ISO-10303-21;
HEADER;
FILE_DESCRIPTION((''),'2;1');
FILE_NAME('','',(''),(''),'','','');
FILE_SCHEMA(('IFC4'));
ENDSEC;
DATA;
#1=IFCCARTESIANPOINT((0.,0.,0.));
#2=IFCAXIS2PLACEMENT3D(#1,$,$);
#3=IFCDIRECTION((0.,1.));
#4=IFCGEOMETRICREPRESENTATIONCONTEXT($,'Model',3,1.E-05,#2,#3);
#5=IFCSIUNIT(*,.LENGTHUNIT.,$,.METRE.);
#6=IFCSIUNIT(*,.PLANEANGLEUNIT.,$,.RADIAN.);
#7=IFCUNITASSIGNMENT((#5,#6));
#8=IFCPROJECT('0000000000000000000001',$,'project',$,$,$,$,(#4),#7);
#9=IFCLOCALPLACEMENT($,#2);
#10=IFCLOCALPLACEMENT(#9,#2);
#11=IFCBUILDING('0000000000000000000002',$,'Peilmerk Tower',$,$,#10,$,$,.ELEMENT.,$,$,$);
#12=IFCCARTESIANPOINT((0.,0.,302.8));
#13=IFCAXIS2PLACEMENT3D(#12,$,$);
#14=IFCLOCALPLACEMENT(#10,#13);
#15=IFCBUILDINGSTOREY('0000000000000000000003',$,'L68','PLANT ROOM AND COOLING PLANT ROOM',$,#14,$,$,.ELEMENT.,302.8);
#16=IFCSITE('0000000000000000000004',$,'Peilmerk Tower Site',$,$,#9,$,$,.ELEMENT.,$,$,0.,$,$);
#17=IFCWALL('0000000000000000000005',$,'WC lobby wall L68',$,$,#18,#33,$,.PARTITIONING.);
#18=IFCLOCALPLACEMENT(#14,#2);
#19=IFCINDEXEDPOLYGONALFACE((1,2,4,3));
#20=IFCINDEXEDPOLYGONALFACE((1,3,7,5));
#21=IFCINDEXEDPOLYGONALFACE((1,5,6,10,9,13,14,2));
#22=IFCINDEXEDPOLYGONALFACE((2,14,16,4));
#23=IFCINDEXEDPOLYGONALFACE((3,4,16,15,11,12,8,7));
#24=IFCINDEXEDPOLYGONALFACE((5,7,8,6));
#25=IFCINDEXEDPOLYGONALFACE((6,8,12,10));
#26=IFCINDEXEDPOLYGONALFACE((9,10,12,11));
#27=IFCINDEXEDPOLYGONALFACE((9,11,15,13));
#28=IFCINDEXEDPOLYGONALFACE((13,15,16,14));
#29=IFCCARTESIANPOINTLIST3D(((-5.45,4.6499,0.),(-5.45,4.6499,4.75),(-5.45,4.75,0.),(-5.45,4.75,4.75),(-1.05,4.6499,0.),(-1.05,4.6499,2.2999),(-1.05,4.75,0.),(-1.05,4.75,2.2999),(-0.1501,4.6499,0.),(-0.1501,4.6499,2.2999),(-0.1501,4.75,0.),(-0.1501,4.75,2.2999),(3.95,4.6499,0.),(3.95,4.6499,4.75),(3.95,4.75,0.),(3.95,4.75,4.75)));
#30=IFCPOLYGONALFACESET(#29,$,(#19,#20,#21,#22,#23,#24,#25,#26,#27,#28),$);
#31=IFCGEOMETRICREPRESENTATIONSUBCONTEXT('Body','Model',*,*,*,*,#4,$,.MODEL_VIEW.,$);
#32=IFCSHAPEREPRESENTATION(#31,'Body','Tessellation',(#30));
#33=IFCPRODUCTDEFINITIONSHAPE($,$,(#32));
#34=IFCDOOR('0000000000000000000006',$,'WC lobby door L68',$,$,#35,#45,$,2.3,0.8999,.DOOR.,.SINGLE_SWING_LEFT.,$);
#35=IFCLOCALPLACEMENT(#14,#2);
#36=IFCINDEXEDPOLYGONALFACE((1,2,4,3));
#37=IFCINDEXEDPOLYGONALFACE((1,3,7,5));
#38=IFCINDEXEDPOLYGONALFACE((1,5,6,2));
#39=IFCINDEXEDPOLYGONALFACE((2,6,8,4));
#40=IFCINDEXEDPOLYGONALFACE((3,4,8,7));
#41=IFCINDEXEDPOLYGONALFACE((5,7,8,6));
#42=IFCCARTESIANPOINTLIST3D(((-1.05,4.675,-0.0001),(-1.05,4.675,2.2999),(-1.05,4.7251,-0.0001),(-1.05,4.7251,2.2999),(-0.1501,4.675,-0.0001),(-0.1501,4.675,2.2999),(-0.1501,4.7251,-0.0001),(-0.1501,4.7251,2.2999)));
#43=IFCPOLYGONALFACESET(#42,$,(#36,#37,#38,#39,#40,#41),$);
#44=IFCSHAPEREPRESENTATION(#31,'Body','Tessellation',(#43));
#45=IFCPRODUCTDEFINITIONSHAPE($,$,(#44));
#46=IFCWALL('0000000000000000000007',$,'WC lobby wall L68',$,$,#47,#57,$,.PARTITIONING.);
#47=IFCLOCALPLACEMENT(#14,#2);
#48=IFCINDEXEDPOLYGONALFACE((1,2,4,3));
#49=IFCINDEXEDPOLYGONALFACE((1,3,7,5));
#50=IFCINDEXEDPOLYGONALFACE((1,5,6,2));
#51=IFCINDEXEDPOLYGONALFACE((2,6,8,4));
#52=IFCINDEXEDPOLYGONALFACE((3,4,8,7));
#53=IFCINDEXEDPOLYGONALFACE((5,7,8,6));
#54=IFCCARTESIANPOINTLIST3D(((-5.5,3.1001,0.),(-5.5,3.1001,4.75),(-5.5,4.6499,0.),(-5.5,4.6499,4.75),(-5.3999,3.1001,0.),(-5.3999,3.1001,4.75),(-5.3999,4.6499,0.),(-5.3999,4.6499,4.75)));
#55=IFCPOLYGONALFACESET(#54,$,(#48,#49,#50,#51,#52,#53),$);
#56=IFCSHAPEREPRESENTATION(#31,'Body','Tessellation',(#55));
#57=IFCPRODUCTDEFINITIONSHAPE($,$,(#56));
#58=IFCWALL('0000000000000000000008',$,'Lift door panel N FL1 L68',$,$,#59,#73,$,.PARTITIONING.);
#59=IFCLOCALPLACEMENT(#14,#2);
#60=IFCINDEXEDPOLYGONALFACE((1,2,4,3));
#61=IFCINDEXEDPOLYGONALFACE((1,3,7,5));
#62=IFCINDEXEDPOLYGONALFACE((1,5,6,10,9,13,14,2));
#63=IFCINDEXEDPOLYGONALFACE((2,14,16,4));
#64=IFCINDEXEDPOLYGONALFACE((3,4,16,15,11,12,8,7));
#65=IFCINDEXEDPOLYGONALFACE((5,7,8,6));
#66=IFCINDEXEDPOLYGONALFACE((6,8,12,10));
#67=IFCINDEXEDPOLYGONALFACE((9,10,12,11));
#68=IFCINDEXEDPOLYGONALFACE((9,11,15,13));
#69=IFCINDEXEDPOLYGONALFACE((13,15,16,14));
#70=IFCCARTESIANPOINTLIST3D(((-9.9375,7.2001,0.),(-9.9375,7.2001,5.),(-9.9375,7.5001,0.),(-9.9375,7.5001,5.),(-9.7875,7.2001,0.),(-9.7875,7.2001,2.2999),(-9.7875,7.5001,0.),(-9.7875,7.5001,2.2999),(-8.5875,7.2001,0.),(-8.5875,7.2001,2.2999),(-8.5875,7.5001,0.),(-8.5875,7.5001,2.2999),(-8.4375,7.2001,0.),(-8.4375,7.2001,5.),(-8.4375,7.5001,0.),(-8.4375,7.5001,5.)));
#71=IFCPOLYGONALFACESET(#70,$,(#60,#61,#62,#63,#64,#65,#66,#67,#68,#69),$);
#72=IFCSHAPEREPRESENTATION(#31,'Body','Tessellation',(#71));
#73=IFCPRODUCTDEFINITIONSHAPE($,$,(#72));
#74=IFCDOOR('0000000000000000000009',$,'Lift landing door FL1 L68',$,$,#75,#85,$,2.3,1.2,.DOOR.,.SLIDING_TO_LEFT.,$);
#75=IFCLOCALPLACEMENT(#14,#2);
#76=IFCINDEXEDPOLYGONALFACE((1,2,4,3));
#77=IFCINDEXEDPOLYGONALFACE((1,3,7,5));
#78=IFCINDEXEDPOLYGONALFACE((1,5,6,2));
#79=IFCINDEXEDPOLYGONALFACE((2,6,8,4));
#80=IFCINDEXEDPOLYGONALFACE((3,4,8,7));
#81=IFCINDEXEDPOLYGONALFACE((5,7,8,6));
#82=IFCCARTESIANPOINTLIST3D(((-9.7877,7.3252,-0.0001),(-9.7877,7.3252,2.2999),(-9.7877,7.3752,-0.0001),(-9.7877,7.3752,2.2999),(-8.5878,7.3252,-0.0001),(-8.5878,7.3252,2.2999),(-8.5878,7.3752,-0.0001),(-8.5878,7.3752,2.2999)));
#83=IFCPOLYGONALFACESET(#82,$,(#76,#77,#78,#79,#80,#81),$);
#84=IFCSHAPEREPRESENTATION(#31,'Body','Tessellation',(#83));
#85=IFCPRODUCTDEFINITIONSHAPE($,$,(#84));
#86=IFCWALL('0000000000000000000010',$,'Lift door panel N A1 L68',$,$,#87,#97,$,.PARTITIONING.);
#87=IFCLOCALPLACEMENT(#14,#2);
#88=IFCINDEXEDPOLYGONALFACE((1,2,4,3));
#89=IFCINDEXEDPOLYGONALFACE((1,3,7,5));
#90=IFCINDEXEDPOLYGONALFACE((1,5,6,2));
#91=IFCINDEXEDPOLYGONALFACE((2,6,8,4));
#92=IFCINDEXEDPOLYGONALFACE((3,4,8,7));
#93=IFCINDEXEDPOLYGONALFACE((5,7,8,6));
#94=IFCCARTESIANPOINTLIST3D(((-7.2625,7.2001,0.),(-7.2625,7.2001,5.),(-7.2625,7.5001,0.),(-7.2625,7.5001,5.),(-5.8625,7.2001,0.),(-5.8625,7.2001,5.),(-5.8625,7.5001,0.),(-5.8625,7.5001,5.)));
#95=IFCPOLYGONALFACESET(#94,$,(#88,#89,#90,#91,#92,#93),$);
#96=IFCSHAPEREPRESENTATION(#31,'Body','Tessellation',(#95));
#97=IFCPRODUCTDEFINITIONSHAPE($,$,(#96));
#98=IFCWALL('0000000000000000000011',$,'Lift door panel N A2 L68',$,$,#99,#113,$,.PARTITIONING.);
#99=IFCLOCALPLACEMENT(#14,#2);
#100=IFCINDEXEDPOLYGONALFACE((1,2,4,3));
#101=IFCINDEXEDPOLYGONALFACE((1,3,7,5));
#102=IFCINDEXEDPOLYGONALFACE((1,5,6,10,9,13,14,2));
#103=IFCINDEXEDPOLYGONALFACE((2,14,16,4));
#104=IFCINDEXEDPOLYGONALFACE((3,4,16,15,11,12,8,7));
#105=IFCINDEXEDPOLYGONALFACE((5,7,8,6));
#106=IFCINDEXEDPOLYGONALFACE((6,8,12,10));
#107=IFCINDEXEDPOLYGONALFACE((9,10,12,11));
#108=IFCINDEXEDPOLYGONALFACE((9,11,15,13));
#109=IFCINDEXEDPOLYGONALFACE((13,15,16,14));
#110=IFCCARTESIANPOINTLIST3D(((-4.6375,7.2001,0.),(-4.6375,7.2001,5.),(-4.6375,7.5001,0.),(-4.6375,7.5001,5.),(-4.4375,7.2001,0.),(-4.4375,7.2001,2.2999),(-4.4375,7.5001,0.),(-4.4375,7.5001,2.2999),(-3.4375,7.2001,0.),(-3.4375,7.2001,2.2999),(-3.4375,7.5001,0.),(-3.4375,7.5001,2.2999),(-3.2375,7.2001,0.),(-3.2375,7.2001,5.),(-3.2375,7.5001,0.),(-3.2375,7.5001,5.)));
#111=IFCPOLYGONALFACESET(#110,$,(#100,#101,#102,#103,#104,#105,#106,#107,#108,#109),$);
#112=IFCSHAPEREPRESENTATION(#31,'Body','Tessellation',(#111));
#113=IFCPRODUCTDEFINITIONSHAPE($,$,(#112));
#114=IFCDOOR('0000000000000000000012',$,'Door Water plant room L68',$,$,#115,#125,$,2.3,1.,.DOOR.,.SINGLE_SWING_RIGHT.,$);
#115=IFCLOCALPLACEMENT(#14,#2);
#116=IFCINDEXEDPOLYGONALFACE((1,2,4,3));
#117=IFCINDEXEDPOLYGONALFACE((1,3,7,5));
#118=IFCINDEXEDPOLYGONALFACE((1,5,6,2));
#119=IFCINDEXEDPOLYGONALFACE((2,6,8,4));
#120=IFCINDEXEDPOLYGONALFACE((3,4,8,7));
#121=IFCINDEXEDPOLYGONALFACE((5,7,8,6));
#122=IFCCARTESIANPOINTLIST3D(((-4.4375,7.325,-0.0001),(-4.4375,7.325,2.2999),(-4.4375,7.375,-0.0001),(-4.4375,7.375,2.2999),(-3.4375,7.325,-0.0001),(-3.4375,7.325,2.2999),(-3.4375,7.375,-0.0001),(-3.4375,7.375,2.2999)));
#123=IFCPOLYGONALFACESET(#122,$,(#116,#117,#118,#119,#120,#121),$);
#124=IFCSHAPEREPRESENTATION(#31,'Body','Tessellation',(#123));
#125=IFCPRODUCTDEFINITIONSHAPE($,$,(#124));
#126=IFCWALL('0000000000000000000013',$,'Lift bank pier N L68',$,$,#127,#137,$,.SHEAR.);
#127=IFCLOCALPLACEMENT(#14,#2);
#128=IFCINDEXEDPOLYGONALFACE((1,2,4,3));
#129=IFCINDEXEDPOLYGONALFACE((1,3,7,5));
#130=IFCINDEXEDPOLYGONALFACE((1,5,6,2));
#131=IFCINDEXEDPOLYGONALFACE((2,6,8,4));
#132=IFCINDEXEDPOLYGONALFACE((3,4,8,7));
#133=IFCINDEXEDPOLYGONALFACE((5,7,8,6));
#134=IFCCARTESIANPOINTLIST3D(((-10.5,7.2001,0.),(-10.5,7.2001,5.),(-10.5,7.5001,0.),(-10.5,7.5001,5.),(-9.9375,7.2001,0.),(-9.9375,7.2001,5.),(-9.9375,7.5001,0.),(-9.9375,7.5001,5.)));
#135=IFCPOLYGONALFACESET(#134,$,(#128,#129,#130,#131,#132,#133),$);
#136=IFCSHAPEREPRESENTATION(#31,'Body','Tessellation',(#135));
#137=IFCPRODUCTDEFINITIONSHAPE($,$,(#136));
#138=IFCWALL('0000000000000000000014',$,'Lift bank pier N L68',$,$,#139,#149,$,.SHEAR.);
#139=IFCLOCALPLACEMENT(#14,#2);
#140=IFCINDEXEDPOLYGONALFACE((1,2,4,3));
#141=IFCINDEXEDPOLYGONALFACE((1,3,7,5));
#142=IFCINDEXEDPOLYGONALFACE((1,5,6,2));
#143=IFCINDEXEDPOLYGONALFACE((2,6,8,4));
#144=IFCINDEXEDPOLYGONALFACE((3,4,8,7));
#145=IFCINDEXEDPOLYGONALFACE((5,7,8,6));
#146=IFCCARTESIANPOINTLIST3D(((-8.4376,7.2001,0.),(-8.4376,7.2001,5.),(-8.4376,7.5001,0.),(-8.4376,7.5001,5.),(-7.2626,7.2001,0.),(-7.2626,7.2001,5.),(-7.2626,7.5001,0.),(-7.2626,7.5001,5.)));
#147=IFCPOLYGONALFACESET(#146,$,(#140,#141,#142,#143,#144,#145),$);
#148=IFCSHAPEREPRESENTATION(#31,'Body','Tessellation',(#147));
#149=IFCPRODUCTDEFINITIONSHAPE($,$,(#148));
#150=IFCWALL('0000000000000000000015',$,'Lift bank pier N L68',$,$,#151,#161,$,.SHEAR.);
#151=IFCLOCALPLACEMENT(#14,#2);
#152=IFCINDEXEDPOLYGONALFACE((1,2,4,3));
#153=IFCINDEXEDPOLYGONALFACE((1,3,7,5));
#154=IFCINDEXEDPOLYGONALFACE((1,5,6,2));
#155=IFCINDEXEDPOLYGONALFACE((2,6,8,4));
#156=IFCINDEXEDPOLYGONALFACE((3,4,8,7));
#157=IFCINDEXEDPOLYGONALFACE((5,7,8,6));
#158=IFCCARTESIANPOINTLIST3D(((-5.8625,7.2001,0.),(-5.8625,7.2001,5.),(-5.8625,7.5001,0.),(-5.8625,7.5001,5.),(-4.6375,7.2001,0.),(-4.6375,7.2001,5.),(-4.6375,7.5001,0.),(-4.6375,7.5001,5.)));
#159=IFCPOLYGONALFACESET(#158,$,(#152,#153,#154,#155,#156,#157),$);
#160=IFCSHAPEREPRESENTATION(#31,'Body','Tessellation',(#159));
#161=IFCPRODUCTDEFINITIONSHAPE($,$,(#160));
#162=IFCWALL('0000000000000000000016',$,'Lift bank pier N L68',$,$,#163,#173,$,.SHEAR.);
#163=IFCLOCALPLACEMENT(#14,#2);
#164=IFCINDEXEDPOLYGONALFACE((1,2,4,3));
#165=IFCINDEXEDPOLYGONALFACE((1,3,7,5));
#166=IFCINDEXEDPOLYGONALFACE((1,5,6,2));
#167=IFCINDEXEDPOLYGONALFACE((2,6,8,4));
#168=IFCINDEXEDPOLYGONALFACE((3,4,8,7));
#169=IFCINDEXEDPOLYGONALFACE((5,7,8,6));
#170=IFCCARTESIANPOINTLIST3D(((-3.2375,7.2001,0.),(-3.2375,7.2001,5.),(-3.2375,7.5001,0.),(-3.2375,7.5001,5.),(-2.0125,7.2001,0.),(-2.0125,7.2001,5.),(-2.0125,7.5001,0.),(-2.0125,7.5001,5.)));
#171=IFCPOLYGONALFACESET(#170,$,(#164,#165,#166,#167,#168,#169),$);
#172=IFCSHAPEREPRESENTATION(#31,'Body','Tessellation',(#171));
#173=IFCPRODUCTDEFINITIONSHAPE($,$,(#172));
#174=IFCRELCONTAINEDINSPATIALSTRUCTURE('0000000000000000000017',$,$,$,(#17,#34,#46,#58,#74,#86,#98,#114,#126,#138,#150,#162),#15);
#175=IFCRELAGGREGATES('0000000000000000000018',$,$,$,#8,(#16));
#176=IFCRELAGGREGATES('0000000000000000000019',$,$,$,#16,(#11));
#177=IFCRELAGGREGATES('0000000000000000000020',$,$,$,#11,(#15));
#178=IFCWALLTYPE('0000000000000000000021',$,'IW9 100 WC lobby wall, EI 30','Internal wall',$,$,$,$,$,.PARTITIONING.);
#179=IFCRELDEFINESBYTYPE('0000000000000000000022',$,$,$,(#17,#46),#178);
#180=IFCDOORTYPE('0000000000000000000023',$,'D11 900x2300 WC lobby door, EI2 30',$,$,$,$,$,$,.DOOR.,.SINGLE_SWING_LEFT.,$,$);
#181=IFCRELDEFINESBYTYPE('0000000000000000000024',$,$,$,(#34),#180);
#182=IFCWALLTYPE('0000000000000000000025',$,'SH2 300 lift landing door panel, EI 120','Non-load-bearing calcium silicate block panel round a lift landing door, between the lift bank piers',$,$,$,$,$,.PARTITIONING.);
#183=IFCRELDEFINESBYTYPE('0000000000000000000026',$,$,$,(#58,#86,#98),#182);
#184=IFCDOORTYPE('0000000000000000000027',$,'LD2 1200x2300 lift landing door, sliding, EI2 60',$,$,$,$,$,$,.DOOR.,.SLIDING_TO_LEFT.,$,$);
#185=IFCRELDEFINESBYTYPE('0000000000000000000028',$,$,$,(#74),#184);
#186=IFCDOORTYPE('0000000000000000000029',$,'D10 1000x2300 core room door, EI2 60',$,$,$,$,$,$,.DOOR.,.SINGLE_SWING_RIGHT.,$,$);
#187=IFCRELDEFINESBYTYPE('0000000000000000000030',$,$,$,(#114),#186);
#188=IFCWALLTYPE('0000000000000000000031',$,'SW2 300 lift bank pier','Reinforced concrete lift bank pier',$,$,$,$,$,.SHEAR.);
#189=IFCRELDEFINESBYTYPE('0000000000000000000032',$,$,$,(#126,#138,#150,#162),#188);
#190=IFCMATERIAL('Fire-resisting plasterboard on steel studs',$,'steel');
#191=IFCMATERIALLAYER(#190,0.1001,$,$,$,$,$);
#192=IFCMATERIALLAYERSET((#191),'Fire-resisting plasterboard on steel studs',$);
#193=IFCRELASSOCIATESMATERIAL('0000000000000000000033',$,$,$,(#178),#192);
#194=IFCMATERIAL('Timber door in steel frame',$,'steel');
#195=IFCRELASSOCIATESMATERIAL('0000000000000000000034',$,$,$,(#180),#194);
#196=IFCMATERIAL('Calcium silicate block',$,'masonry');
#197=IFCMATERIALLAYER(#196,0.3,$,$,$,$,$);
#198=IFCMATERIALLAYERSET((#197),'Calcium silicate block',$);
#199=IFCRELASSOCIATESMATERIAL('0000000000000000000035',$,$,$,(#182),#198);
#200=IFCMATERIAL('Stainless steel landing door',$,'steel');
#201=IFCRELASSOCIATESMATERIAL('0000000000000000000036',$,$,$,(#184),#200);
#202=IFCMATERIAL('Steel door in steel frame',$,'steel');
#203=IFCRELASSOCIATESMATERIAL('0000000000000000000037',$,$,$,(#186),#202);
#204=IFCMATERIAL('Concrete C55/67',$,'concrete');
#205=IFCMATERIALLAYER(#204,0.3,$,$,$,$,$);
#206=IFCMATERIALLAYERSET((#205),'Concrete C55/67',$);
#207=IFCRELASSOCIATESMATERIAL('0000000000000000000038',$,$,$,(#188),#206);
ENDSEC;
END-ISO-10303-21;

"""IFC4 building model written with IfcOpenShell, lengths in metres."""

from ifc_helpers import new_model, si_unit, direction, frame, frame_2d, origin, place, context, subcontext, project, spatial, rectangle, extrude, material, layer, layer_set, type_object, element, fill, save


model = new_model("IFC4")

# Units and contexts
model_context = context("Model", 3, precision=1e-05, world=origin(), true_north=direction((0.0, 1.0)))
body_context = subcontext(model_context, "Body", "Model", "MODEL_VIEW")
ifc_project = project(units=[si_unit("LENGTHUNIT", "METRE"), si_unit("PLANEANGLEUNIT", "RADIAN")], contexts=[model_context])

# Site, building, storey
site_placement = place(None, origin())
site = spatial("IfcSite", under=ifc_project, at=site_placement, Name="Peilmerk Tower Site", CompositionType="ELEMENT", RefElevation=0.0)
building_placement = place(site_placement, origin())
building = spatial("IfcBuilding", under=site, at=building_placement, Name="Peilmerk Tower", CompositionType="ELEMENT")
storey_placement = place(building_placement, frame((0.0, 0.0, 302.8)))
storey = spatial("IfcBuildingStorey", under=building, at=storey_placement, Name="L68", Description="PLANT ROOM AND COOLING PLANT ROOM", CompositionType="ELEMENT", Elevation=302.8)

# Shared definitions
ifc_material_1 = material(Name="Concrete C55/67", Category="concrete")

# Shared definitions
ifc_material_2 = material(Name="Steel door in steel frame", Category="steel")

# Shared definitions
ifc_material_3 = material(Name="Timber door in steel frame", Category="steel")

# Wall, opening, door
ifc_material_4 = material(Name="Fire-resisting plasterboard on steel studs", Category="steel")
ifc_layer_1 = layer(ifc_material_4, 0.1001)
ifc_layer_set_1 = layer_set([ifc_layer_1], Name="Fire-resisting plasterboard on steel studs")
wall_type_1 = type_object("IfcWallType", Name="IW9 100 WC lobby wall, EI 30", Description="Internal wall", PredefinedType="PARTITIONING", material=ifc_layer_set_1)
wall_1_placement = place(storey_placement, frame((-5.45, 4.7, 0.0), z_axis=(0.0, 0.0, 1.0), x_axis=(1.0, 0.0, 0.0)))
wall_1 = element("IfcWall", 1, at=wall_1_placement, inside=storey, type_object=wall_type_1, Name="WC lobby wall L68", PredefinedType="PARTITIONING", context=body_context, shape_type="SweptSolid", body=[
    extrude(rectangle(XDim=9.3999, YDim=0.1001, at=frame_2d((4.7, 0.0))), origin(), (0.0, 0.0, 1.0), 4.75),
])
opening_1_placement = place(wall_1_placement, frame((4.3999, 0.0, 0.0)))
opening_1 = element("IfcOpeningElement", 2, at=opening_1_placement, cuts=wall_1, PredefinedType="OPENING", context=body_context, shape_type="SweptSolid", body=[
    extrude(rectangle(XDim=0.8999, YDim=2.3, at=frame_2d((0.45, 1.1499))), frame((0.0, 0.0601, 0.0), z_axis=(0.0, -1.0, 0.0), x_axis=(1.0, 0.0, 0.0)), (0.0, 0.0, 1.0), 0.1201),
])
door_type_1 = type_object("IfcDoorType", Name="D11 900x2300 WC lobby door, EI2 30", OperationType="SINGLE_SWING_LEFT", PredefinedType="DOOR", material=ifc_material_3)
door_1_placement = place(opening_1_placement, frame((0.8999, 0.0, 0.0), z_axis=(0.0, 0.0, 1.0), x_axis=(-1.0, 0.0, 0.0)))
door_1 = element("IfcDoor", 3, at=door_1_placement, inside=storey, type_object=door_type_1, Name="WC lobby door L68", OperationType="SINGLE_SWING_LEFT", OverallHeight=2.3, OverallWidth=0.8999, PredefinedType="DOOR", context=body_context, shape_type="SweptSolid", body=[
    extrude(rectangle(XDim=0.8999, YDim=2.3, at=frame_2d((0.45, 1.1499))), frame((0.0, 0.0249, 0.0), z_axis=(0.0, -1.0, 0.0), x_axis=(1.0, 0.0, 0.0)), (0.0, 0.0, 1.0), 0.05),
])
fill(opening_1, door_1)

# Wall
wall_2_placement = place(storey_placement, frame((-5.45, 3.1001, 0.0), z_axis=(0.0, 0.0, 1.0), x_axis=(0.0, 1.0, 0.0)))
element("IfcWall", 4, at=wall_2_placement, inside=storey, type_object=wall_type_1, Name="WC lobby wall L68", PredefinedType="PARTITIONING", context=body_context, shape_type="SweptSolid", body=[
    extrude(rectangle(XDim=1.5498, YDim=0.1001, at=frame_2d((0.7749, 0.0))), origin(), (0.0, 0.0, 1.0), 4.75),
])

# Wall, opening, door
ifc_material_5 = material(Name="Calcium silicate block", Category="masonry")
ifc_layer_2 = layer(ifc_material_5, 0.3)
ifc_layer_set_2 = layer_set([ifc_layer_2], Name="Calcium silicate block")
wall_type_2 = type_object("IfcWallType", Name="SH2 300 lift landing door panel, EI 120", Description="Non-load-bearing calcium silicate block panel round a lift landing door, between the lift bank piers", PredefinedType="PARTITIONING", material=ifc_layer_set_2)
wall_3_placement = place(storey_placement, frame((-9.9375, 7.3501, 0.0), z_axis=(0.0, 0.0, 1.0), x_axis=(1.0, 0.0, 0.0)))
wall_3 = element("IfcWall", 5, at=wall_3_placement, inside=storey, type_object=wall_type_2, Name="Lift door panel N FL1 L68", PredefinedType="PARTITIONING", context=body_context, shape_type="SweptSolid", body=[
    extrude(rectangle(XDim=1.5, YDim=0.3, at=frame_2d((0.75, 0.0))), origin(), (0.0, 0.0, 1.0), 5.0),
])
opening_2_placement = place(wall_3_placement, frame((0.1499, 0.0, 0.0)))
opening_2 = element("IfcOpeningElement", 6, at=opening_2_placement, cuts=wall_3, PredefinedType="OPENING", context=body_context, shape_type="SweptSolid", body=[
    extrude(rectangle(XDim=1.2, YDim=2.3, at=frame_2d((0.6001, 1.1499))), frame((0.0, 0.1599, 0.0), z_axis=(0.0, -1.0, 0.0), x_axis=(1.0, 0.0, 0.0)), (0.0, 0.0, 1.0), 0.3201),
])
ifc_material_6 = material(Name="Stainless steel landing door", Category="steel")
door_type_2 = type_object("IfcDoorType", Name="LD2 1200x2300 lift landing door, sliding, EI2 60", OperationType="SLIDING_TO_LEFT", PredefinedType="DOOR", material=ifc_material_6)
door_2_placement = place(opening_2_placement, frame((1.2, 0.0, 0.0), z_axis=(0.0, 0.0, 1.0), x_axis=(-1.0, 0.0, 0.0)))
door_2 = element("IfcDoor", 7, at=door_2_placement, inside=storey, type_object=door_type_2, Name="Lift landing door FL1 L68", OperationType="SLIDING_TO_LEFT", OverallHeight=2.3, OverallWidth=1.2, PredefinedType="DOOR", context=body_context, shape_type="SweptSolid", body=[
    extrude(rectangle(XDim=1.2, YDim=2.3, at=frame_2d((0.6001, 1.1499))), frame((0.0, 0.0249, 0.0), z_axis=(0.0, -1.0, 0.0), x_axis=(1.0, 0.0, 0.0)), (0.0, 0.0, 1.0), 0.05),
])
fill(opening_2, door_2)

# Wall
wall_4_placement = place(storey_placement, frame((-7.2625, 7.3501, 0.0), z_axis=(0.0, 0.0, 1.0), x_axis=(1.0, 0.0, 0.0)))
element("IfcWall", 8, at=wall_4_placement, inside=storey, type_object=wall_type_2, Name="Lift door panel N A1 L68", PredefinedType="PARTITIONING", context=body_context, shape_type="SweptSolid", body=[
    extrude(rectangle(XDim=1.3999, YDim=0.3, at=frame_2d((0.7, 0.0))), origin(), (0.0, 0.0, 1.0), 5.0),
])

# Wall, opening, door
wall_5_placement = place(storey_placement, frame((-4.6375, 7.3501, 0.0), z_axis=(0.0, 0.0, 1.0), x_axis=(1.0, 0.0, 0.0)))
wall_5 = element("IfcWall", 9, at=wall_5_placement, inside=storey, type_object=wall_type_2, Name="Lift door panel N A2 L68", PredefinedType="PARTITIONING", context=body_context, shape_type="SweptSolid", body=[
    extrude(rectangle(XDim=1.3999, YDim=0.3, at=frame_2d((0.7, 0.0))), origin(), (0.0, 0.0, 1.0), 5.0),
])
opening_3_placement = place(wall_5_placement, frame((0.2, 0.0, 0.0)))
opening_3 = element("IfcOpeningElement", 10, at=opening_3_placement, cuts=wall_5, PredefinedType="OPENING", context=body_context, shape_type="SweptSolid", body=[
    extrude(rectangle(XDim=1.0, YDim=2.3, at=frame_2d((0.5, 1.1499))), frame((0.0, 0.1599, 0.0), z_axis=(0.0, -1.0, 0.0), x_axis=(1.0, 0.0, 0.0)), (0.0, 0.0, 1.0), 0.3201),
])
door_type_3 = type_object("IfcDoorType", Name="D10 1000x2300 core room door, EI2 60", OperationType="SINGLE_SWING_RIGHT", PredefinedType="DOOR", material=ifc_material_2)
door_3_placement = place(opening_3_placement, origin())
door_3 = element("IfcDoor", 11, at=door_3_placement, inside=storey, type_object=door_type_3, Name="Door Water plant room L68", OperationType="SINGLE_SWING_RIGHT", OverallHeight=2.3, OverallWidth=1.0, PredefinedType="DOOR", context=body_context, shape_type="SweptSolid", body=[
    extrude(rectangle(XDim=1.0, YDim=2.3, at=frame_2d((0.5, 1.1499))), frame((0.0, 0.0249, 0.0), z_axis=(0.0, -1.0, 0.0), x_axis=(1.0, 0.0, 0.0)), (0.0, 0.0, 1.0), 0.05),
])
fill(opening_3, door_3)

# Walls
ifc_layer_3 = layer(ifc_material_1, 0.3)
ifc_layer_set_3 = layer_set([ifc_layer_3], Name="Concrete C55/67")
wall_type_3 = type_object("IfcWallType", Name="SW2 300 lift bank pier", Description="Reinforced concrete lift bank pier", PredefinedType="SHEAR", material=ifc_layer_set_3)
wall_6_placement = place(storey_placement, frame((-10.5, 7.3501, 0.0), z_axis=(0.0, 0.0, 1.0), x_axis=(1.0, 0.0, 0.0)))
element("IfcWall", 12, at=wall_6_placement, inside=storey, type_object=wall_type_3, Name="Lift bank pier N L68", PredefinedType="SHEAR", context=body_context, shape_type="SweptSolid", body=[
    extrude(rectangle(XDim=0.5625, YDim=0.3, at=frame_2d((0.2812, 0.0))), origin(), (0.0, 0.0, 1.0), 5.0),
])
wall_7_placement = place(storey_placement, frame((-8.4375, 7.3501, 0.0), z_axis=(0.0, 0.0, 1.0), x_axis=(1.0, 0.0, 0.0)))
element("IfcWall", 13, at=wall_7_placement, inside=storey, type_object=wall_type_3, Name="Lift bank pier N L68", PredefinedType="SHEAR", context=body_context, shape_type="SweptSolid", body=[
    extrude(rectangle(XDim=1.175, YDim=0.3, at=frame_2d((0.5874, 0.0))), origin(), (0.0, 0.0, 1.0), 5.0),
])
for number, where, z_axis, x_axis, name in (
    (14, (-5.8625, 7.3501, 0.0), (0.0, 0.0, 1.0), (1.0, 0.0, 0.0), "Lift bank pier N L68"),
    (15, (-3.2375, 7.3501, 0.0), (0.0, 0.0, 1.0), (1.0, 0.0, 0.0), "Lift bank pier N L68"),
):
    element("IfcWall", number, at=place(storey_placement, frame(where, z_axis=z_axis, x_axis=x_axis)), inside=storey, type_object=wall_type_3, Name=name, PredefinedType="SHEAR", context=body_context, shape_type="SweptSolid", body=[
        extrude(rectangle(XDim=1.2251, YDim=0.3, at=frame_2d((0.6125, 0.0))), origin(), (0.0, 0.0, 1.0), 5.0),
    ])

save(model, "model.ifc")
